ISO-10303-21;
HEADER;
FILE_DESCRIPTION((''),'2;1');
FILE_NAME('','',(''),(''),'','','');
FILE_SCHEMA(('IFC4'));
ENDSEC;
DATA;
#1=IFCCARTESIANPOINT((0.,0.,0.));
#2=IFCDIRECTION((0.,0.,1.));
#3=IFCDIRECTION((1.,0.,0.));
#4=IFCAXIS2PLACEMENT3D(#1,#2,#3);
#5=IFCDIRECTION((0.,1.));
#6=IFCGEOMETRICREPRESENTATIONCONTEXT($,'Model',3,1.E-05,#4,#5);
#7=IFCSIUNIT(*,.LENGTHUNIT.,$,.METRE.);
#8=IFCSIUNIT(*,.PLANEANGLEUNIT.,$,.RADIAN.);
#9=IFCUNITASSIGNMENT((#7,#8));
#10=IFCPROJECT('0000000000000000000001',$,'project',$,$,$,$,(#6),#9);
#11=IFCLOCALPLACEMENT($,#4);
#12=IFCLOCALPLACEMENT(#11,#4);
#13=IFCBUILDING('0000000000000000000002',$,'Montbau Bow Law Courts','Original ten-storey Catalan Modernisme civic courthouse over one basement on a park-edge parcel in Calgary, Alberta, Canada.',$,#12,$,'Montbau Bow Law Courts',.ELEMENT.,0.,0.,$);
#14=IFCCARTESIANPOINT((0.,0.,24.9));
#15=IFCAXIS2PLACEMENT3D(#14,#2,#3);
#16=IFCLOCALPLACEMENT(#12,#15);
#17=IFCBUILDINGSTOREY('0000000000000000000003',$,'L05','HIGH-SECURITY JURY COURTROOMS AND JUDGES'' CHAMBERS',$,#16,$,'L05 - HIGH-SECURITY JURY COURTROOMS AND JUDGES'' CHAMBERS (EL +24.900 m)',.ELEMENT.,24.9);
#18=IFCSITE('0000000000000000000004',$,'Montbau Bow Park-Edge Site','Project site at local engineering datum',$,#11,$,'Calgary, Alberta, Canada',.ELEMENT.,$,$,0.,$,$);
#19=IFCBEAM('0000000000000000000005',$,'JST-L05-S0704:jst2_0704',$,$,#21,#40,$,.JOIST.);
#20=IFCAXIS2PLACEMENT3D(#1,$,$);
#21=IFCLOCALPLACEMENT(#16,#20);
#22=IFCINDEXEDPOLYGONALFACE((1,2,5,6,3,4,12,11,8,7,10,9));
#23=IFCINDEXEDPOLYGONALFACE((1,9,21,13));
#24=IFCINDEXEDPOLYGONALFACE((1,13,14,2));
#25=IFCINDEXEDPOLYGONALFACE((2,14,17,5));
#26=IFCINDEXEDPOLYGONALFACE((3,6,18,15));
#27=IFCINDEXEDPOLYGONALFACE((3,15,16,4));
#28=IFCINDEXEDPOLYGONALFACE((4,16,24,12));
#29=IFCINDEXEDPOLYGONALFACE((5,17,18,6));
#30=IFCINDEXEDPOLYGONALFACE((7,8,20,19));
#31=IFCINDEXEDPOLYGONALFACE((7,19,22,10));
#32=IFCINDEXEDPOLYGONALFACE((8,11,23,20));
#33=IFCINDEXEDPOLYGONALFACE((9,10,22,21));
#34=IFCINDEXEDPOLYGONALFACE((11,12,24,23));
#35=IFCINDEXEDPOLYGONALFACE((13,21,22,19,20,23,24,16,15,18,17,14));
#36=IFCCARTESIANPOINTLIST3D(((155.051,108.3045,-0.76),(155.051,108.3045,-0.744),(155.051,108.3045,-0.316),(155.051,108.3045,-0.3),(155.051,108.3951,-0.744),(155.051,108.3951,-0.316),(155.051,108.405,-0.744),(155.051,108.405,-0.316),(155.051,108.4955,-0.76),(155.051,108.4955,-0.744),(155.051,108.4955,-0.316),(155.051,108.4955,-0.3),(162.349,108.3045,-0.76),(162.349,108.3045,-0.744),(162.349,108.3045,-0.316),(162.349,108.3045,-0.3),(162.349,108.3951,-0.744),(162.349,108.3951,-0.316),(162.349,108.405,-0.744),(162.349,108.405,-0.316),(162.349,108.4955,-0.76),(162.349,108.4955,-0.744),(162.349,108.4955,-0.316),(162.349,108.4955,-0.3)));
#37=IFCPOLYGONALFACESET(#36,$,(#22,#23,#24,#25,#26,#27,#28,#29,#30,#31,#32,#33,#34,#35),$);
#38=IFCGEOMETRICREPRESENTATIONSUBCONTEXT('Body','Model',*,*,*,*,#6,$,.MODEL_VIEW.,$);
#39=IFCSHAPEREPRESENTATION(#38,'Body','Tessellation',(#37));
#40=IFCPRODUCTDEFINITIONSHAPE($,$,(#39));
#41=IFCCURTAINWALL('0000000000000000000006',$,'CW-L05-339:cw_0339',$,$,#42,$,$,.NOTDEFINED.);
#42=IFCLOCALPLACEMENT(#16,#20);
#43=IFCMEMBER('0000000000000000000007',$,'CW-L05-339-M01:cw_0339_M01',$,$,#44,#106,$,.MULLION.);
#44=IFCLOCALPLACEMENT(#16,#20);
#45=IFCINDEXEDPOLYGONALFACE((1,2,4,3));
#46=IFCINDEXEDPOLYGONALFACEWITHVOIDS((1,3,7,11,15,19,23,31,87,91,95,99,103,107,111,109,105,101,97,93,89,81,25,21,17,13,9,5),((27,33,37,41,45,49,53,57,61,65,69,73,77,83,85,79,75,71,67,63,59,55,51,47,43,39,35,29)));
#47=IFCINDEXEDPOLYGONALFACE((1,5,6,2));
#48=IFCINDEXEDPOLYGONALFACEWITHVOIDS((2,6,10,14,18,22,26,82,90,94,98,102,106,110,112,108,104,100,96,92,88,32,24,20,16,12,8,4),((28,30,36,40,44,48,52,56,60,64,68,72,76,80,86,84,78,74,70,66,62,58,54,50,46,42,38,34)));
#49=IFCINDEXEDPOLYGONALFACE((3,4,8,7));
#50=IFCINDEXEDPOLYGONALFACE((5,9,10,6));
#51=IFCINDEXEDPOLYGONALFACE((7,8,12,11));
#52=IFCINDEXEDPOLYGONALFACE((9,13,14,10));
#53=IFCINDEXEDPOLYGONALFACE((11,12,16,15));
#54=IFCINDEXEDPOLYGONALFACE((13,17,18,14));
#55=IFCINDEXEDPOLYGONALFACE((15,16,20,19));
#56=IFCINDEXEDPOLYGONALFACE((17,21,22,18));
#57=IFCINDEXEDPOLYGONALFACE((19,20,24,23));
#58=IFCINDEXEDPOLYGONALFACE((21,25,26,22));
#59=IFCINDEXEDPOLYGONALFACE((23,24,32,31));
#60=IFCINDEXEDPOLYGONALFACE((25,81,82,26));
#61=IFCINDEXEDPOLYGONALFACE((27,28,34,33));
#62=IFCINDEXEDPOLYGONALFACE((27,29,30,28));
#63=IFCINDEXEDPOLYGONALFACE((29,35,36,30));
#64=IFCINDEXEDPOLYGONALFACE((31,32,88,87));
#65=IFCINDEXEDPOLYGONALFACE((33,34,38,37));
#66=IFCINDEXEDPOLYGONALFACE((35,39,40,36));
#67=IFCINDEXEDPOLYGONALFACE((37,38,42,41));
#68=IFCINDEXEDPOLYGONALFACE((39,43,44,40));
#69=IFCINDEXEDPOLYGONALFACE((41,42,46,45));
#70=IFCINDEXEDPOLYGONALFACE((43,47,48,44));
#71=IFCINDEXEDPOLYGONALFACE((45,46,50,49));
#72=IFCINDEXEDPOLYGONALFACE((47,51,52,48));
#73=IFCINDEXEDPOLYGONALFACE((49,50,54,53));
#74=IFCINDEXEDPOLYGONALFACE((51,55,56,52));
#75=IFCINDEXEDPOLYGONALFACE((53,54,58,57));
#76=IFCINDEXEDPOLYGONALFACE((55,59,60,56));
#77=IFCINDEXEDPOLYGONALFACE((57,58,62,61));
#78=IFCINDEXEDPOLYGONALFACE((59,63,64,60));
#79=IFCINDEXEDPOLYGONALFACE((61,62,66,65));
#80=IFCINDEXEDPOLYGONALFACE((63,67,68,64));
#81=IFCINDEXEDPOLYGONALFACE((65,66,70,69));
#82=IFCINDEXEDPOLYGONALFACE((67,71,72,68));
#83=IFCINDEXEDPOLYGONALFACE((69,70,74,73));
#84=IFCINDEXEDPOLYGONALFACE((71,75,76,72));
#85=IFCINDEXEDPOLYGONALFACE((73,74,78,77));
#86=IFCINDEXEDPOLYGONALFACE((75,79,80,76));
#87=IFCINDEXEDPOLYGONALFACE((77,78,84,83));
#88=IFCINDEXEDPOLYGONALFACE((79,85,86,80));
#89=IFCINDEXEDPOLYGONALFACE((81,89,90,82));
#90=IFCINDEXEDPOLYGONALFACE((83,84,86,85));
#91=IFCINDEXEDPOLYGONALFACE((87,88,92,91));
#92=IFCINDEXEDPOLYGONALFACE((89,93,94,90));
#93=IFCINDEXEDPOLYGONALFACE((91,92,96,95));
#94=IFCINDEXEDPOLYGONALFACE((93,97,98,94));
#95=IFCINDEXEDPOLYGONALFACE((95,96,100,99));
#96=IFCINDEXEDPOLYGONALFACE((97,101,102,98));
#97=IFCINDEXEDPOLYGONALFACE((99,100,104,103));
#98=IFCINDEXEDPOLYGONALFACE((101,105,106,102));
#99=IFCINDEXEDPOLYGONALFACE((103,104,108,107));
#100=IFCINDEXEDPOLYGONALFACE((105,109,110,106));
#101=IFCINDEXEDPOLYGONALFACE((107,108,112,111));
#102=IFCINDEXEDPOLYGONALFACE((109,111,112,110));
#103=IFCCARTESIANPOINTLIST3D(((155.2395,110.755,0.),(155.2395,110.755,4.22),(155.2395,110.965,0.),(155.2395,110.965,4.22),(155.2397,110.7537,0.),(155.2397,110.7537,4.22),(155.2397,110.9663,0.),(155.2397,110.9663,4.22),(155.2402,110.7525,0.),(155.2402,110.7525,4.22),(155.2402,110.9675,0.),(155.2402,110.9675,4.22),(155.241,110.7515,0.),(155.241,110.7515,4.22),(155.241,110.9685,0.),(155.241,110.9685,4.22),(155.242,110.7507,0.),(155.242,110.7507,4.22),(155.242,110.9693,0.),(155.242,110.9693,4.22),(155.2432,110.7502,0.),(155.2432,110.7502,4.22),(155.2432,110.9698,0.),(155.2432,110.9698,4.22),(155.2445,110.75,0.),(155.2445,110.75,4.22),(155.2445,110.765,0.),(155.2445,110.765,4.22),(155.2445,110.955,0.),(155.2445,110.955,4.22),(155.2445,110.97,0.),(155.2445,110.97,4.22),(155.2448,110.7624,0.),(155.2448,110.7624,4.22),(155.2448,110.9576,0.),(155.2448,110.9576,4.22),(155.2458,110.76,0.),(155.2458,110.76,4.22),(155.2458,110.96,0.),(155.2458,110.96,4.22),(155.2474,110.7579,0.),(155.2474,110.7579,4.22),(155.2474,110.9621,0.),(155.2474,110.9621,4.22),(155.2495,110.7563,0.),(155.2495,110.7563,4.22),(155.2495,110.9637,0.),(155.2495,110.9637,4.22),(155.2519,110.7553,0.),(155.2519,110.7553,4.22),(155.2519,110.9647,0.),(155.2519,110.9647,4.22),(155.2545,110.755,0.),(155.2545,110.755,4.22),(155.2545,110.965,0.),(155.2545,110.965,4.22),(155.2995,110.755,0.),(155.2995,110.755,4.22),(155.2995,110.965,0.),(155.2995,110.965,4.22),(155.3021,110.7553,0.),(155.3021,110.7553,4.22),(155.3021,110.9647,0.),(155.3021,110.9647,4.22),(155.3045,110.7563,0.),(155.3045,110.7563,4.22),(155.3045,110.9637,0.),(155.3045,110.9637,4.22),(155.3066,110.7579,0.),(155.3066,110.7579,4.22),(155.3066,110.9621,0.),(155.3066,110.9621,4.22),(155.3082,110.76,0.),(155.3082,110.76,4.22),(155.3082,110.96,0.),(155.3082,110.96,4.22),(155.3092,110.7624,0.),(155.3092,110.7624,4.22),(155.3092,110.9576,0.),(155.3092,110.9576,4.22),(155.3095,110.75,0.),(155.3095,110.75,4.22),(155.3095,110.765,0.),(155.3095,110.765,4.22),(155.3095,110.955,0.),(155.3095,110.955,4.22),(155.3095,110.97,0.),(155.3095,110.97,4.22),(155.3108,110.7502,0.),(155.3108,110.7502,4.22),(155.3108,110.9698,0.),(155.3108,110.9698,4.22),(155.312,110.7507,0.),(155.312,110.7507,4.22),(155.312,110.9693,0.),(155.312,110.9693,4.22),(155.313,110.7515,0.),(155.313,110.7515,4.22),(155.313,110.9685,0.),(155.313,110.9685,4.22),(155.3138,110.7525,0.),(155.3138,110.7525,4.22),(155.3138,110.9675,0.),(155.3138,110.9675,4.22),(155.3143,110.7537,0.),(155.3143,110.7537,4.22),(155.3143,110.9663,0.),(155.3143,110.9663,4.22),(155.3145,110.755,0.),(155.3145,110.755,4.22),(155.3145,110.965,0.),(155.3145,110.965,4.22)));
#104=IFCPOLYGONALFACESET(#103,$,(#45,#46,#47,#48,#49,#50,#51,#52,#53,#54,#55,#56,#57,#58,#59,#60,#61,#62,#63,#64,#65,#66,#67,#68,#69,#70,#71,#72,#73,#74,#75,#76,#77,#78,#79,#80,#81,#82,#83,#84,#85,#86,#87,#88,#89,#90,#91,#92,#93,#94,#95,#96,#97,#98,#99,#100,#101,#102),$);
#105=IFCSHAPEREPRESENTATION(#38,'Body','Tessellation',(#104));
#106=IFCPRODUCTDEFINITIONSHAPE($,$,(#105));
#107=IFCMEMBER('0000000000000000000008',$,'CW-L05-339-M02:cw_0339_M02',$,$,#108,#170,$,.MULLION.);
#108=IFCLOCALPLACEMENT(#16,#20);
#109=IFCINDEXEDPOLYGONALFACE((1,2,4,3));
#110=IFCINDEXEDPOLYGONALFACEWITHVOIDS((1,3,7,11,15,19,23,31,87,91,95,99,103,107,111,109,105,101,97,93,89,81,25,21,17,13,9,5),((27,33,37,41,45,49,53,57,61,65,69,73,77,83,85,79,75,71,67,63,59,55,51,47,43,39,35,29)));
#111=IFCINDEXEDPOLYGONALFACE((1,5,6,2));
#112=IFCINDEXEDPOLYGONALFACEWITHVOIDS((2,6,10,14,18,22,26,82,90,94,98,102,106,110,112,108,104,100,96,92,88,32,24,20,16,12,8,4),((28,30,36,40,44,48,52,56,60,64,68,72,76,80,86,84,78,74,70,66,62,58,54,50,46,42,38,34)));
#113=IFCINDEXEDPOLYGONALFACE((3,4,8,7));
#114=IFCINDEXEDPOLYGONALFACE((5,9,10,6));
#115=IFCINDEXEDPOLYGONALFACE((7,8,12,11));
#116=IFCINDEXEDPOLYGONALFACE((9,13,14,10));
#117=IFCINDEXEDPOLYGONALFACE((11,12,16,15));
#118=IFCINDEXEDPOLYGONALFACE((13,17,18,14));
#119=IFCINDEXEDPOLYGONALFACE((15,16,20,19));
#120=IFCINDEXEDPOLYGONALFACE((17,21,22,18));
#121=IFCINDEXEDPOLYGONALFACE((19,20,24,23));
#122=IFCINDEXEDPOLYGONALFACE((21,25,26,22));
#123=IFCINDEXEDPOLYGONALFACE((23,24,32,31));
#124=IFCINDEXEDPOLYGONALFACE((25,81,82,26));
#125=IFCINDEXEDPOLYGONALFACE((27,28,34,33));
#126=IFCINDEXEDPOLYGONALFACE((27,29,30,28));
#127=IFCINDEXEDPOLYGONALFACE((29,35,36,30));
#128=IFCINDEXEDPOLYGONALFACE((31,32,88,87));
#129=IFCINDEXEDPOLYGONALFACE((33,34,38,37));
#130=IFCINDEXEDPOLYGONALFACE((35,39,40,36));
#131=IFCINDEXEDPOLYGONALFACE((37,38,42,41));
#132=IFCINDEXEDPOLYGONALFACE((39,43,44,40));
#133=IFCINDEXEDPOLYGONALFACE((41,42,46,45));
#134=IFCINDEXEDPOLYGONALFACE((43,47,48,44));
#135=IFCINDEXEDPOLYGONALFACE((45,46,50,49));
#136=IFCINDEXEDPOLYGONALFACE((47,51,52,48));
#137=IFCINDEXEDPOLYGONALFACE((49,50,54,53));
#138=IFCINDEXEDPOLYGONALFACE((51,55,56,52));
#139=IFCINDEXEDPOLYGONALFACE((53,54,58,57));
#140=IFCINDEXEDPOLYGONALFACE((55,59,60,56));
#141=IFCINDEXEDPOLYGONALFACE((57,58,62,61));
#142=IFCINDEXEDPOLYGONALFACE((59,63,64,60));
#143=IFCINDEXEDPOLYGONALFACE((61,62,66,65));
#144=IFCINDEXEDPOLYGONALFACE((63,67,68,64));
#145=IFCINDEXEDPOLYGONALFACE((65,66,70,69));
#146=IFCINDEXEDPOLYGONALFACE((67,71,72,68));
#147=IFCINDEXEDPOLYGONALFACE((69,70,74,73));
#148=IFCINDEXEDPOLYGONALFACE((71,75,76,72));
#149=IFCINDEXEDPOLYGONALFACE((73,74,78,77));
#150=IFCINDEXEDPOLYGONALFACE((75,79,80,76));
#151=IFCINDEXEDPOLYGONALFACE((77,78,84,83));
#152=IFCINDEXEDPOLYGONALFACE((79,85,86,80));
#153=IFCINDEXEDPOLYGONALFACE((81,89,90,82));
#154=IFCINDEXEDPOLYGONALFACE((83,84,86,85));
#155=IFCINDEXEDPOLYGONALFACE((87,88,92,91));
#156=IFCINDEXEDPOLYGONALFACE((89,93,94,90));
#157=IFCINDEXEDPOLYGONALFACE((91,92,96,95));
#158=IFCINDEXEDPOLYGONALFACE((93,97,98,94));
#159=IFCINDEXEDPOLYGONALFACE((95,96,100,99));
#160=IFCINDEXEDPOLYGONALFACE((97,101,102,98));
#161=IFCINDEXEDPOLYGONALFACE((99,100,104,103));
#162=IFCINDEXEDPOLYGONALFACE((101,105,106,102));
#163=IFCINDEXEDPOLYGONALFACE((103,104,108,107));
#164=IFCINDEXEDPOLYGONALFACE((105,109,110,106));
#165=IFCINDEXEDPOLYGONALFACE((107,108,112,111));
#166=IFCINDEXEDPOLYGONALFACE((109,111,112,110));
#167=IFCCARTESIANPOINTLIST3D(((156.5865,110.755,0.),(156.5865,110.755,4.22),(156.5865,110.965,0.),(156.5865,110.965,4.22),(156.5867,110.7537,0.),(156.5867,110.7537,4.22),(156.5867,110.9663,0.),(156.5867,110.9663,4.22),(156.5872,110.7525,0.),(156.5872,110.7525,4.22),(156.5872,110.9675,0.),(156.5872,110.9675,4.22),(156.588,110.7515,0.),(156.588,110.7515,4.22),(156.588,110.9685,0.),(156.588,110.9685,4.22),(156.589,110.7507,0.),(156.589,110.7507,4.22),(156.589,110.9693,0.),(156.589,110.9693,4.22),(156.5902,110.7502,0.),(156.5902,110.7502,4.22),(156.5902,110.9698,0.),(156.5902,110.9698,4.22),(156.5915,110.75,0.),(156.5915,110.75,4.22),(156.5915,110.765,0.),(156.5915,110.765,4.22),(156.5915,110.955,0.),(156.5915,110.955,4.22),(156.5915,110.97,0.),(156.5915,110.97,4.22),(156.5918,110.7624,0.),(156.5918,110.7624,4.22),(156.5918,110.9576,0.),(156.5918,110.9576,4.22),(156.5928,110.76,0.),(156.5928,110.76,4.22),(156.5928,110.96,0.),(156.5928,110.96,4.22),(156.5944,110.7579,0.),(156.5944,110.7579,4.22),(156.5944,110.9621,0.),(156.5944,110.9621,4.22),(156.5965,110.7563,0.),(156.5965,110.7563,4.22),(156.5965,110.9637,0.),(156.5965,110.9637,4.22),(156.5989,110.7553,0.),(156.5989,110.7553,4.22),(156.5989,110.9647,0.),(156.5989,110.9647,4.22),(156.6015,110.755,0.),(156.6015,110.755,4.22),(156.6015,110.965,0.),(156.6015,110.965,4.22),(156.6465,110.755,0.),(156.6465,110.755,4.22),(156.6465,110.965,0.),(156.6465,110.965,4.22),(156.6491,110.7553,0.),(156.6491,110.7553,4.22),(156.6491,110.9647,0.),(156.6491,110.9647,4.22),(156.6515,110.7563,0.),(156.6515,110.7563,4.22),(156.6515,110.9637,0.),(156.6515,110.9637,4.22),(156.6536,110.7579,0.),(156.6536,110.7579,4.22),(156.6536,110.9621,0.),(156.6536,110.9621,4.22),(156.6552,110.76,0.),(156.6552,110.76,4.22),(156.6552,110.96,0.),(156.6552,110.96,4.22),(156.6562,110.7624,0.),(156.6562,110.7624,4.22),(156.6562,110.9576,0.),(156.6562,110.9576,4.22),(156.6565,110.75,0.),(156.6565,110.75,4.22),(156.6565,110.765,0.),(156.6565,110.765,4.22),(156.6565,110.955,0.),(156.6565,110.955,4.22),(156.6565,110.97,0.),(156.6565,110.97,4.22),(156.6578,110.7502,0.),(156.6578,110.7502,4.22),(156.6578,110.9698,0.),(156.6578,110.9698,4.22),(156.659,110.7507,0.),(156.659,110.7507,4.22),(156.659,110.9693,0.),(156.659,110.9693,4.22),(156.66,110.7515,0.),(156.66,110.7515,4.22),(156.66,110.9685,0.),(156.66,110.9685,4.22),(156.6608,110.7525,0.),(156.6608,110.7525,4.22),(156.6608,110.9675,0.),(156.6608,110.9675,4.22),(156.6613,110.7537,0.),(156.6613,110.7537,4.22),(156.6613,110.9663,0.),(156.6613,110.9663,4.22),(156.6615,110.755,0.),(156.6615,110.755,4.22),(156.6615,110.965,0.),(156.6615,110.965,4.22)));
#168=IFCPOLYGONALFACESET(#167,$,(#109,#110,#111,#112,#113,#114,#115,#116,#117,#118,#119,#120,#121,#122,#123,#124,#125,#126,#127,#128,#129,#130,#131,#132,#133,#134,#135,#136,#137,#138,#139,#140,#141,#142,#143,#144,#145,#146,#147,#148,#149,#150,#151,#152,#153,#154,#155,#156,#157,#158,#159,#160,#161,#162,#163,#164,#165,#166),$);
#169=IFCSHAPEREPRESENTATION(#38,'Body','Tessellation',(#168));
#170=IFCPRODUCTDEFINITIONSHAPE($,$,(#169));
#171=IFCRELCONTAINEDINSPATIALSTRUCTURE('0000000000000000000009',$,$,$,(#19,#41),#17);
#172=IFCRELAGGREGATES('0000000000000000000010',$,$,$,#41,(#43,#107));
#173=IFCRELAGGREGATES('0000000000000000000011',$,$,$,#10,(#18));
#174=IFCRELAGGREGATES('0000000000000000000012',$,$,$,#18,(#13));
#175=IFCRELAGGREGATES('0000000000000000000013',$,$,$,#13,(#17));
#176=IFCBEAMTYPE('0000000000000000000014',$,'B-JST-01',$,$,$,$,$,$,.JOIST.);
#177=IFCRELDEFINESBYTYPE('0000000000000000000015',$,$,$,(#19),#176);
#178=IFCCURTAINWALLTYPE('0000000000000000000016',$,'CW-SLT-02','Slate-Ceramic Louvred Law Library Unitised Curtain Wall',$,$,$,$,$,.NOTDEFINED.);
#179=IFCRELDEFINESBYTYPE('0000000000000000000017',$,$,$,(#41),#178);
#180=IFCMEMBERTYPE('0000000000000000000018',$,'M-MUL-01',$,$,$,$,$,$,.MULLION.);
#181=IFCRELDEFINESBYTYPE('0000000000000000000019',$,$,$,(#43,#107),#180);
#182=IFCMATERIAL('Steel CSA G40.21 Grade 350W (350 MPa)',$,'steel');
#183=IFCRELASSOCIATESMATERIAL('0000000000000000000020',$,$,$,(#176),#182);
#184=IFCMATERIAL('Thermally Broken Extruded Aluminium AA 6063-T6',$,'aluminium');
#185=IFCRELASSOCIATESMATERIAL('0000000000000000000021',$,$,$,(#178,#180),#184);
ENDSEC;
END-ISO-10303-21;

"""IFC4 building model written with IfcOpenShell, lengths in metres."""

from ifc_helpers import new_model, si_unit, direction, frame, origin_with_axes, origin_2d_with_axis, place, context, subcontext, project, spatial, hollow_rectangle, i_section, extrude, material, material_profile, profile_set, type_object, element, aggregate, save


model = new_model("IFC4")

# Units and contexts
model_context = context("Model", 3, precision=1e-05, world=origin_with_axes(), true_north=direction((0.0, 1.0)))
body_context = subcontext(model_context, "Body", "Model", "MODEL_VIEW")
ifc_project = project(units=[si_unit("LENGTHUNIT", "METRE"), si_unit("PLANEANGLEUNIT", "RADIAN")], contexts=[model_context])

# Site, building, storey
site_placement = place(None, origin_with_axes())
site = spatial("IfcSite", under=ifc_project, at=site_placement, Name="Montbau Bow Park-Edge Site", Description="Project site at local engineering datum", LongName="Calgary, Alberta, Canada", CompositionType="ELEMENT", RefElevation=0.0)
building_placement = place(site_placement, origin_with_axes())
building = spatial("IfcBuilding", under=site, at=building_placement, Name="Montbau Bow Law Courts", Description="Original ten-storey Catalan Modernisme civic courthouse over one basement on a park-edge parcel in Calgary, Alberta, Canada.", LongName="Montbau Bow Law Courts", CompositionType="ELEMENT", ElevationOfRefHeight=0.0, ElevationOfTerrain=0.0)
storey_placement = place(building_placement, frame((0.0, 0.0, 24.9), z_axis=(0.0, 0.0, 1.0), x_axis=(1.0, 0.0, 0.0)))
storey = spatial("IfcBuildingStorey", under=building, at=storey_placement, Name="L05", Description="HIGH-SECURITY JURY COURTROOMS AND JUDGES' CHAMBERS", LongName="L05 - HIGH-SECURITY JURY COURTROOMS AND JUDGES' CHAMBERS (EL +24.900 m)", CompositionType="ELEMENT", Elevation=24.9)

# Beam
ifc_material_1 = material(Name="Steel CSA G40.21 Grade 350W (350 MPa)", Category="steel")
ifc_material_profile_1 = material_profile(ifc_material_1, i_section(OverallWidth=0.191, OverallDepth=0.46, WebThickness=0.0099, FlangeThickness=0.016, at=origin_2d_with_axis()), Name="W460X82", Category="Main", Priority=0)
ifc_profile_set_1 = profile_set([ifc_material_profile_1], Name="Steel CSA G40.21 Grade 350W (350 MPa)")
beam_type = type_object("IfcBeamType", Name="B-JST-01", PredefinedType="JOIST", material=ifc_profile_set_1)
beam_placement = place(None, frame((155.051, 108.4, 24.37), z_axis=(1.0, 0.0, 0.0), x_axis=(0.0, 1.0, 0.0)))
element("IfcBeam", 1, at=beam_placement, inside=storey, type_object=beam_type, Name="JST-L05-S0704:jst2_0704", PredefinedType="JOIST", context=body_context, shape_type="SweptSolid", body=[
    extrude(i_section(OverallWidth=0.191, OverallDepth=0.46, WebThickness=0.0099, FlangeThickness=0.016, at=origin_2d_with_axis()), origin_with_axes(), (0.0, 0.0, 1.0), 7.298),
])

# Curtain wall, members
ifc_material_2 = material(Name="Thermally Broken Extruded Aluminium AA 6063-T6", Category="aluminium")
curtain_wall_type = type_object("IfcCurtainWallType", Name="CW-SLT-02", Description="Slate-Ceramic Louvred Law Library Unitised Curtain Wall", PredefinedType="NOTDEFINED", material=ifc_material_2)
curtain_wall_placement = place(None, frame((155.24, 110.86, 24.9), z_axis=(0.0, 0.0, 1.0), x_axis=(1.0, 0.0, 0.0)))
curtain_wall = element("IfcCurtainWall", 2, at=curtain_wall_placement, inside=storey, type_object=curtain_wall_type, Name="CW-L05-339:cw_0339", PredefinedType="NOTDEFINED")
ifc_material_profile_2 = material_profile(ifc_material_2, hollow_rectangle(XDim=0.075, YDim=0.22, WallThickness=0.005, InnerFilletRadius=0.01, OuterFilletRadius=0.005, at=origin_2d_with_axis()), Name="CWM-220X75", Category="Main", Priority=0)
ifc_profile_set_2 = profile_set([ifc_material_profile_2], Name="Thermally Broken Extruded Aluminium AA 6063-T6")
member_type_1 = type_object("IfcMemberType", Name="M-MUL-01", PredefinedType="MULLION", material=ifc_profile_set_2)
member_1_placement = place(None, frame((155.277, 110.86, 24.9), z_axis=(0.0, 0.0, 1.0), x_axis=(1.0, 0.0, 0.0)))
member_1 = element("IfcMember", 3, at=member_1_placement, type_object=member_type_1, Name="CW-L05-339-M01:cw_0339_M01", PredefinedType="MULLION", context=body_context, shape_type="SweptSolid", body=[
    extrude(hollow_rectangle(XDim=0.075, YDim=0.22, WallThickness=0.005, InnerFilletRadius=0.01, OuterFilletRadius=0.005, at=origin_2d_with_axis()), origin_with_axes(), (0.0, 0.0, 1.0), 4.22),
])
member_2_placement = place(None, frame((156.624, 110.86, 24.9), z_axis=(0.0, 0.0, 1.0), x_axis=(1.0, 0.0, 0.0)))
member_2 = element("IfcMember", 4, at=member_2_placement, type_object=member_type_1, Name="CW-L05-339-M02:cw_0339_M02", PredefinedType="MULLION", context=body_context, shape_type="SweptSolid", body=[
    extrude(hollow_rectangle(XDim=0.075, YDim=0.22, WallThickness=0.005, InnerFilletRadius=0.01, OuterFilletRadius=0.005, at=origin_2d_with_axis()), origin_with_axes(), (0.0, 0.0, 1.0), 4.22),
])
aggregate(curtain_wall, [member_1, member_2])

save(model, "model.ifc")
